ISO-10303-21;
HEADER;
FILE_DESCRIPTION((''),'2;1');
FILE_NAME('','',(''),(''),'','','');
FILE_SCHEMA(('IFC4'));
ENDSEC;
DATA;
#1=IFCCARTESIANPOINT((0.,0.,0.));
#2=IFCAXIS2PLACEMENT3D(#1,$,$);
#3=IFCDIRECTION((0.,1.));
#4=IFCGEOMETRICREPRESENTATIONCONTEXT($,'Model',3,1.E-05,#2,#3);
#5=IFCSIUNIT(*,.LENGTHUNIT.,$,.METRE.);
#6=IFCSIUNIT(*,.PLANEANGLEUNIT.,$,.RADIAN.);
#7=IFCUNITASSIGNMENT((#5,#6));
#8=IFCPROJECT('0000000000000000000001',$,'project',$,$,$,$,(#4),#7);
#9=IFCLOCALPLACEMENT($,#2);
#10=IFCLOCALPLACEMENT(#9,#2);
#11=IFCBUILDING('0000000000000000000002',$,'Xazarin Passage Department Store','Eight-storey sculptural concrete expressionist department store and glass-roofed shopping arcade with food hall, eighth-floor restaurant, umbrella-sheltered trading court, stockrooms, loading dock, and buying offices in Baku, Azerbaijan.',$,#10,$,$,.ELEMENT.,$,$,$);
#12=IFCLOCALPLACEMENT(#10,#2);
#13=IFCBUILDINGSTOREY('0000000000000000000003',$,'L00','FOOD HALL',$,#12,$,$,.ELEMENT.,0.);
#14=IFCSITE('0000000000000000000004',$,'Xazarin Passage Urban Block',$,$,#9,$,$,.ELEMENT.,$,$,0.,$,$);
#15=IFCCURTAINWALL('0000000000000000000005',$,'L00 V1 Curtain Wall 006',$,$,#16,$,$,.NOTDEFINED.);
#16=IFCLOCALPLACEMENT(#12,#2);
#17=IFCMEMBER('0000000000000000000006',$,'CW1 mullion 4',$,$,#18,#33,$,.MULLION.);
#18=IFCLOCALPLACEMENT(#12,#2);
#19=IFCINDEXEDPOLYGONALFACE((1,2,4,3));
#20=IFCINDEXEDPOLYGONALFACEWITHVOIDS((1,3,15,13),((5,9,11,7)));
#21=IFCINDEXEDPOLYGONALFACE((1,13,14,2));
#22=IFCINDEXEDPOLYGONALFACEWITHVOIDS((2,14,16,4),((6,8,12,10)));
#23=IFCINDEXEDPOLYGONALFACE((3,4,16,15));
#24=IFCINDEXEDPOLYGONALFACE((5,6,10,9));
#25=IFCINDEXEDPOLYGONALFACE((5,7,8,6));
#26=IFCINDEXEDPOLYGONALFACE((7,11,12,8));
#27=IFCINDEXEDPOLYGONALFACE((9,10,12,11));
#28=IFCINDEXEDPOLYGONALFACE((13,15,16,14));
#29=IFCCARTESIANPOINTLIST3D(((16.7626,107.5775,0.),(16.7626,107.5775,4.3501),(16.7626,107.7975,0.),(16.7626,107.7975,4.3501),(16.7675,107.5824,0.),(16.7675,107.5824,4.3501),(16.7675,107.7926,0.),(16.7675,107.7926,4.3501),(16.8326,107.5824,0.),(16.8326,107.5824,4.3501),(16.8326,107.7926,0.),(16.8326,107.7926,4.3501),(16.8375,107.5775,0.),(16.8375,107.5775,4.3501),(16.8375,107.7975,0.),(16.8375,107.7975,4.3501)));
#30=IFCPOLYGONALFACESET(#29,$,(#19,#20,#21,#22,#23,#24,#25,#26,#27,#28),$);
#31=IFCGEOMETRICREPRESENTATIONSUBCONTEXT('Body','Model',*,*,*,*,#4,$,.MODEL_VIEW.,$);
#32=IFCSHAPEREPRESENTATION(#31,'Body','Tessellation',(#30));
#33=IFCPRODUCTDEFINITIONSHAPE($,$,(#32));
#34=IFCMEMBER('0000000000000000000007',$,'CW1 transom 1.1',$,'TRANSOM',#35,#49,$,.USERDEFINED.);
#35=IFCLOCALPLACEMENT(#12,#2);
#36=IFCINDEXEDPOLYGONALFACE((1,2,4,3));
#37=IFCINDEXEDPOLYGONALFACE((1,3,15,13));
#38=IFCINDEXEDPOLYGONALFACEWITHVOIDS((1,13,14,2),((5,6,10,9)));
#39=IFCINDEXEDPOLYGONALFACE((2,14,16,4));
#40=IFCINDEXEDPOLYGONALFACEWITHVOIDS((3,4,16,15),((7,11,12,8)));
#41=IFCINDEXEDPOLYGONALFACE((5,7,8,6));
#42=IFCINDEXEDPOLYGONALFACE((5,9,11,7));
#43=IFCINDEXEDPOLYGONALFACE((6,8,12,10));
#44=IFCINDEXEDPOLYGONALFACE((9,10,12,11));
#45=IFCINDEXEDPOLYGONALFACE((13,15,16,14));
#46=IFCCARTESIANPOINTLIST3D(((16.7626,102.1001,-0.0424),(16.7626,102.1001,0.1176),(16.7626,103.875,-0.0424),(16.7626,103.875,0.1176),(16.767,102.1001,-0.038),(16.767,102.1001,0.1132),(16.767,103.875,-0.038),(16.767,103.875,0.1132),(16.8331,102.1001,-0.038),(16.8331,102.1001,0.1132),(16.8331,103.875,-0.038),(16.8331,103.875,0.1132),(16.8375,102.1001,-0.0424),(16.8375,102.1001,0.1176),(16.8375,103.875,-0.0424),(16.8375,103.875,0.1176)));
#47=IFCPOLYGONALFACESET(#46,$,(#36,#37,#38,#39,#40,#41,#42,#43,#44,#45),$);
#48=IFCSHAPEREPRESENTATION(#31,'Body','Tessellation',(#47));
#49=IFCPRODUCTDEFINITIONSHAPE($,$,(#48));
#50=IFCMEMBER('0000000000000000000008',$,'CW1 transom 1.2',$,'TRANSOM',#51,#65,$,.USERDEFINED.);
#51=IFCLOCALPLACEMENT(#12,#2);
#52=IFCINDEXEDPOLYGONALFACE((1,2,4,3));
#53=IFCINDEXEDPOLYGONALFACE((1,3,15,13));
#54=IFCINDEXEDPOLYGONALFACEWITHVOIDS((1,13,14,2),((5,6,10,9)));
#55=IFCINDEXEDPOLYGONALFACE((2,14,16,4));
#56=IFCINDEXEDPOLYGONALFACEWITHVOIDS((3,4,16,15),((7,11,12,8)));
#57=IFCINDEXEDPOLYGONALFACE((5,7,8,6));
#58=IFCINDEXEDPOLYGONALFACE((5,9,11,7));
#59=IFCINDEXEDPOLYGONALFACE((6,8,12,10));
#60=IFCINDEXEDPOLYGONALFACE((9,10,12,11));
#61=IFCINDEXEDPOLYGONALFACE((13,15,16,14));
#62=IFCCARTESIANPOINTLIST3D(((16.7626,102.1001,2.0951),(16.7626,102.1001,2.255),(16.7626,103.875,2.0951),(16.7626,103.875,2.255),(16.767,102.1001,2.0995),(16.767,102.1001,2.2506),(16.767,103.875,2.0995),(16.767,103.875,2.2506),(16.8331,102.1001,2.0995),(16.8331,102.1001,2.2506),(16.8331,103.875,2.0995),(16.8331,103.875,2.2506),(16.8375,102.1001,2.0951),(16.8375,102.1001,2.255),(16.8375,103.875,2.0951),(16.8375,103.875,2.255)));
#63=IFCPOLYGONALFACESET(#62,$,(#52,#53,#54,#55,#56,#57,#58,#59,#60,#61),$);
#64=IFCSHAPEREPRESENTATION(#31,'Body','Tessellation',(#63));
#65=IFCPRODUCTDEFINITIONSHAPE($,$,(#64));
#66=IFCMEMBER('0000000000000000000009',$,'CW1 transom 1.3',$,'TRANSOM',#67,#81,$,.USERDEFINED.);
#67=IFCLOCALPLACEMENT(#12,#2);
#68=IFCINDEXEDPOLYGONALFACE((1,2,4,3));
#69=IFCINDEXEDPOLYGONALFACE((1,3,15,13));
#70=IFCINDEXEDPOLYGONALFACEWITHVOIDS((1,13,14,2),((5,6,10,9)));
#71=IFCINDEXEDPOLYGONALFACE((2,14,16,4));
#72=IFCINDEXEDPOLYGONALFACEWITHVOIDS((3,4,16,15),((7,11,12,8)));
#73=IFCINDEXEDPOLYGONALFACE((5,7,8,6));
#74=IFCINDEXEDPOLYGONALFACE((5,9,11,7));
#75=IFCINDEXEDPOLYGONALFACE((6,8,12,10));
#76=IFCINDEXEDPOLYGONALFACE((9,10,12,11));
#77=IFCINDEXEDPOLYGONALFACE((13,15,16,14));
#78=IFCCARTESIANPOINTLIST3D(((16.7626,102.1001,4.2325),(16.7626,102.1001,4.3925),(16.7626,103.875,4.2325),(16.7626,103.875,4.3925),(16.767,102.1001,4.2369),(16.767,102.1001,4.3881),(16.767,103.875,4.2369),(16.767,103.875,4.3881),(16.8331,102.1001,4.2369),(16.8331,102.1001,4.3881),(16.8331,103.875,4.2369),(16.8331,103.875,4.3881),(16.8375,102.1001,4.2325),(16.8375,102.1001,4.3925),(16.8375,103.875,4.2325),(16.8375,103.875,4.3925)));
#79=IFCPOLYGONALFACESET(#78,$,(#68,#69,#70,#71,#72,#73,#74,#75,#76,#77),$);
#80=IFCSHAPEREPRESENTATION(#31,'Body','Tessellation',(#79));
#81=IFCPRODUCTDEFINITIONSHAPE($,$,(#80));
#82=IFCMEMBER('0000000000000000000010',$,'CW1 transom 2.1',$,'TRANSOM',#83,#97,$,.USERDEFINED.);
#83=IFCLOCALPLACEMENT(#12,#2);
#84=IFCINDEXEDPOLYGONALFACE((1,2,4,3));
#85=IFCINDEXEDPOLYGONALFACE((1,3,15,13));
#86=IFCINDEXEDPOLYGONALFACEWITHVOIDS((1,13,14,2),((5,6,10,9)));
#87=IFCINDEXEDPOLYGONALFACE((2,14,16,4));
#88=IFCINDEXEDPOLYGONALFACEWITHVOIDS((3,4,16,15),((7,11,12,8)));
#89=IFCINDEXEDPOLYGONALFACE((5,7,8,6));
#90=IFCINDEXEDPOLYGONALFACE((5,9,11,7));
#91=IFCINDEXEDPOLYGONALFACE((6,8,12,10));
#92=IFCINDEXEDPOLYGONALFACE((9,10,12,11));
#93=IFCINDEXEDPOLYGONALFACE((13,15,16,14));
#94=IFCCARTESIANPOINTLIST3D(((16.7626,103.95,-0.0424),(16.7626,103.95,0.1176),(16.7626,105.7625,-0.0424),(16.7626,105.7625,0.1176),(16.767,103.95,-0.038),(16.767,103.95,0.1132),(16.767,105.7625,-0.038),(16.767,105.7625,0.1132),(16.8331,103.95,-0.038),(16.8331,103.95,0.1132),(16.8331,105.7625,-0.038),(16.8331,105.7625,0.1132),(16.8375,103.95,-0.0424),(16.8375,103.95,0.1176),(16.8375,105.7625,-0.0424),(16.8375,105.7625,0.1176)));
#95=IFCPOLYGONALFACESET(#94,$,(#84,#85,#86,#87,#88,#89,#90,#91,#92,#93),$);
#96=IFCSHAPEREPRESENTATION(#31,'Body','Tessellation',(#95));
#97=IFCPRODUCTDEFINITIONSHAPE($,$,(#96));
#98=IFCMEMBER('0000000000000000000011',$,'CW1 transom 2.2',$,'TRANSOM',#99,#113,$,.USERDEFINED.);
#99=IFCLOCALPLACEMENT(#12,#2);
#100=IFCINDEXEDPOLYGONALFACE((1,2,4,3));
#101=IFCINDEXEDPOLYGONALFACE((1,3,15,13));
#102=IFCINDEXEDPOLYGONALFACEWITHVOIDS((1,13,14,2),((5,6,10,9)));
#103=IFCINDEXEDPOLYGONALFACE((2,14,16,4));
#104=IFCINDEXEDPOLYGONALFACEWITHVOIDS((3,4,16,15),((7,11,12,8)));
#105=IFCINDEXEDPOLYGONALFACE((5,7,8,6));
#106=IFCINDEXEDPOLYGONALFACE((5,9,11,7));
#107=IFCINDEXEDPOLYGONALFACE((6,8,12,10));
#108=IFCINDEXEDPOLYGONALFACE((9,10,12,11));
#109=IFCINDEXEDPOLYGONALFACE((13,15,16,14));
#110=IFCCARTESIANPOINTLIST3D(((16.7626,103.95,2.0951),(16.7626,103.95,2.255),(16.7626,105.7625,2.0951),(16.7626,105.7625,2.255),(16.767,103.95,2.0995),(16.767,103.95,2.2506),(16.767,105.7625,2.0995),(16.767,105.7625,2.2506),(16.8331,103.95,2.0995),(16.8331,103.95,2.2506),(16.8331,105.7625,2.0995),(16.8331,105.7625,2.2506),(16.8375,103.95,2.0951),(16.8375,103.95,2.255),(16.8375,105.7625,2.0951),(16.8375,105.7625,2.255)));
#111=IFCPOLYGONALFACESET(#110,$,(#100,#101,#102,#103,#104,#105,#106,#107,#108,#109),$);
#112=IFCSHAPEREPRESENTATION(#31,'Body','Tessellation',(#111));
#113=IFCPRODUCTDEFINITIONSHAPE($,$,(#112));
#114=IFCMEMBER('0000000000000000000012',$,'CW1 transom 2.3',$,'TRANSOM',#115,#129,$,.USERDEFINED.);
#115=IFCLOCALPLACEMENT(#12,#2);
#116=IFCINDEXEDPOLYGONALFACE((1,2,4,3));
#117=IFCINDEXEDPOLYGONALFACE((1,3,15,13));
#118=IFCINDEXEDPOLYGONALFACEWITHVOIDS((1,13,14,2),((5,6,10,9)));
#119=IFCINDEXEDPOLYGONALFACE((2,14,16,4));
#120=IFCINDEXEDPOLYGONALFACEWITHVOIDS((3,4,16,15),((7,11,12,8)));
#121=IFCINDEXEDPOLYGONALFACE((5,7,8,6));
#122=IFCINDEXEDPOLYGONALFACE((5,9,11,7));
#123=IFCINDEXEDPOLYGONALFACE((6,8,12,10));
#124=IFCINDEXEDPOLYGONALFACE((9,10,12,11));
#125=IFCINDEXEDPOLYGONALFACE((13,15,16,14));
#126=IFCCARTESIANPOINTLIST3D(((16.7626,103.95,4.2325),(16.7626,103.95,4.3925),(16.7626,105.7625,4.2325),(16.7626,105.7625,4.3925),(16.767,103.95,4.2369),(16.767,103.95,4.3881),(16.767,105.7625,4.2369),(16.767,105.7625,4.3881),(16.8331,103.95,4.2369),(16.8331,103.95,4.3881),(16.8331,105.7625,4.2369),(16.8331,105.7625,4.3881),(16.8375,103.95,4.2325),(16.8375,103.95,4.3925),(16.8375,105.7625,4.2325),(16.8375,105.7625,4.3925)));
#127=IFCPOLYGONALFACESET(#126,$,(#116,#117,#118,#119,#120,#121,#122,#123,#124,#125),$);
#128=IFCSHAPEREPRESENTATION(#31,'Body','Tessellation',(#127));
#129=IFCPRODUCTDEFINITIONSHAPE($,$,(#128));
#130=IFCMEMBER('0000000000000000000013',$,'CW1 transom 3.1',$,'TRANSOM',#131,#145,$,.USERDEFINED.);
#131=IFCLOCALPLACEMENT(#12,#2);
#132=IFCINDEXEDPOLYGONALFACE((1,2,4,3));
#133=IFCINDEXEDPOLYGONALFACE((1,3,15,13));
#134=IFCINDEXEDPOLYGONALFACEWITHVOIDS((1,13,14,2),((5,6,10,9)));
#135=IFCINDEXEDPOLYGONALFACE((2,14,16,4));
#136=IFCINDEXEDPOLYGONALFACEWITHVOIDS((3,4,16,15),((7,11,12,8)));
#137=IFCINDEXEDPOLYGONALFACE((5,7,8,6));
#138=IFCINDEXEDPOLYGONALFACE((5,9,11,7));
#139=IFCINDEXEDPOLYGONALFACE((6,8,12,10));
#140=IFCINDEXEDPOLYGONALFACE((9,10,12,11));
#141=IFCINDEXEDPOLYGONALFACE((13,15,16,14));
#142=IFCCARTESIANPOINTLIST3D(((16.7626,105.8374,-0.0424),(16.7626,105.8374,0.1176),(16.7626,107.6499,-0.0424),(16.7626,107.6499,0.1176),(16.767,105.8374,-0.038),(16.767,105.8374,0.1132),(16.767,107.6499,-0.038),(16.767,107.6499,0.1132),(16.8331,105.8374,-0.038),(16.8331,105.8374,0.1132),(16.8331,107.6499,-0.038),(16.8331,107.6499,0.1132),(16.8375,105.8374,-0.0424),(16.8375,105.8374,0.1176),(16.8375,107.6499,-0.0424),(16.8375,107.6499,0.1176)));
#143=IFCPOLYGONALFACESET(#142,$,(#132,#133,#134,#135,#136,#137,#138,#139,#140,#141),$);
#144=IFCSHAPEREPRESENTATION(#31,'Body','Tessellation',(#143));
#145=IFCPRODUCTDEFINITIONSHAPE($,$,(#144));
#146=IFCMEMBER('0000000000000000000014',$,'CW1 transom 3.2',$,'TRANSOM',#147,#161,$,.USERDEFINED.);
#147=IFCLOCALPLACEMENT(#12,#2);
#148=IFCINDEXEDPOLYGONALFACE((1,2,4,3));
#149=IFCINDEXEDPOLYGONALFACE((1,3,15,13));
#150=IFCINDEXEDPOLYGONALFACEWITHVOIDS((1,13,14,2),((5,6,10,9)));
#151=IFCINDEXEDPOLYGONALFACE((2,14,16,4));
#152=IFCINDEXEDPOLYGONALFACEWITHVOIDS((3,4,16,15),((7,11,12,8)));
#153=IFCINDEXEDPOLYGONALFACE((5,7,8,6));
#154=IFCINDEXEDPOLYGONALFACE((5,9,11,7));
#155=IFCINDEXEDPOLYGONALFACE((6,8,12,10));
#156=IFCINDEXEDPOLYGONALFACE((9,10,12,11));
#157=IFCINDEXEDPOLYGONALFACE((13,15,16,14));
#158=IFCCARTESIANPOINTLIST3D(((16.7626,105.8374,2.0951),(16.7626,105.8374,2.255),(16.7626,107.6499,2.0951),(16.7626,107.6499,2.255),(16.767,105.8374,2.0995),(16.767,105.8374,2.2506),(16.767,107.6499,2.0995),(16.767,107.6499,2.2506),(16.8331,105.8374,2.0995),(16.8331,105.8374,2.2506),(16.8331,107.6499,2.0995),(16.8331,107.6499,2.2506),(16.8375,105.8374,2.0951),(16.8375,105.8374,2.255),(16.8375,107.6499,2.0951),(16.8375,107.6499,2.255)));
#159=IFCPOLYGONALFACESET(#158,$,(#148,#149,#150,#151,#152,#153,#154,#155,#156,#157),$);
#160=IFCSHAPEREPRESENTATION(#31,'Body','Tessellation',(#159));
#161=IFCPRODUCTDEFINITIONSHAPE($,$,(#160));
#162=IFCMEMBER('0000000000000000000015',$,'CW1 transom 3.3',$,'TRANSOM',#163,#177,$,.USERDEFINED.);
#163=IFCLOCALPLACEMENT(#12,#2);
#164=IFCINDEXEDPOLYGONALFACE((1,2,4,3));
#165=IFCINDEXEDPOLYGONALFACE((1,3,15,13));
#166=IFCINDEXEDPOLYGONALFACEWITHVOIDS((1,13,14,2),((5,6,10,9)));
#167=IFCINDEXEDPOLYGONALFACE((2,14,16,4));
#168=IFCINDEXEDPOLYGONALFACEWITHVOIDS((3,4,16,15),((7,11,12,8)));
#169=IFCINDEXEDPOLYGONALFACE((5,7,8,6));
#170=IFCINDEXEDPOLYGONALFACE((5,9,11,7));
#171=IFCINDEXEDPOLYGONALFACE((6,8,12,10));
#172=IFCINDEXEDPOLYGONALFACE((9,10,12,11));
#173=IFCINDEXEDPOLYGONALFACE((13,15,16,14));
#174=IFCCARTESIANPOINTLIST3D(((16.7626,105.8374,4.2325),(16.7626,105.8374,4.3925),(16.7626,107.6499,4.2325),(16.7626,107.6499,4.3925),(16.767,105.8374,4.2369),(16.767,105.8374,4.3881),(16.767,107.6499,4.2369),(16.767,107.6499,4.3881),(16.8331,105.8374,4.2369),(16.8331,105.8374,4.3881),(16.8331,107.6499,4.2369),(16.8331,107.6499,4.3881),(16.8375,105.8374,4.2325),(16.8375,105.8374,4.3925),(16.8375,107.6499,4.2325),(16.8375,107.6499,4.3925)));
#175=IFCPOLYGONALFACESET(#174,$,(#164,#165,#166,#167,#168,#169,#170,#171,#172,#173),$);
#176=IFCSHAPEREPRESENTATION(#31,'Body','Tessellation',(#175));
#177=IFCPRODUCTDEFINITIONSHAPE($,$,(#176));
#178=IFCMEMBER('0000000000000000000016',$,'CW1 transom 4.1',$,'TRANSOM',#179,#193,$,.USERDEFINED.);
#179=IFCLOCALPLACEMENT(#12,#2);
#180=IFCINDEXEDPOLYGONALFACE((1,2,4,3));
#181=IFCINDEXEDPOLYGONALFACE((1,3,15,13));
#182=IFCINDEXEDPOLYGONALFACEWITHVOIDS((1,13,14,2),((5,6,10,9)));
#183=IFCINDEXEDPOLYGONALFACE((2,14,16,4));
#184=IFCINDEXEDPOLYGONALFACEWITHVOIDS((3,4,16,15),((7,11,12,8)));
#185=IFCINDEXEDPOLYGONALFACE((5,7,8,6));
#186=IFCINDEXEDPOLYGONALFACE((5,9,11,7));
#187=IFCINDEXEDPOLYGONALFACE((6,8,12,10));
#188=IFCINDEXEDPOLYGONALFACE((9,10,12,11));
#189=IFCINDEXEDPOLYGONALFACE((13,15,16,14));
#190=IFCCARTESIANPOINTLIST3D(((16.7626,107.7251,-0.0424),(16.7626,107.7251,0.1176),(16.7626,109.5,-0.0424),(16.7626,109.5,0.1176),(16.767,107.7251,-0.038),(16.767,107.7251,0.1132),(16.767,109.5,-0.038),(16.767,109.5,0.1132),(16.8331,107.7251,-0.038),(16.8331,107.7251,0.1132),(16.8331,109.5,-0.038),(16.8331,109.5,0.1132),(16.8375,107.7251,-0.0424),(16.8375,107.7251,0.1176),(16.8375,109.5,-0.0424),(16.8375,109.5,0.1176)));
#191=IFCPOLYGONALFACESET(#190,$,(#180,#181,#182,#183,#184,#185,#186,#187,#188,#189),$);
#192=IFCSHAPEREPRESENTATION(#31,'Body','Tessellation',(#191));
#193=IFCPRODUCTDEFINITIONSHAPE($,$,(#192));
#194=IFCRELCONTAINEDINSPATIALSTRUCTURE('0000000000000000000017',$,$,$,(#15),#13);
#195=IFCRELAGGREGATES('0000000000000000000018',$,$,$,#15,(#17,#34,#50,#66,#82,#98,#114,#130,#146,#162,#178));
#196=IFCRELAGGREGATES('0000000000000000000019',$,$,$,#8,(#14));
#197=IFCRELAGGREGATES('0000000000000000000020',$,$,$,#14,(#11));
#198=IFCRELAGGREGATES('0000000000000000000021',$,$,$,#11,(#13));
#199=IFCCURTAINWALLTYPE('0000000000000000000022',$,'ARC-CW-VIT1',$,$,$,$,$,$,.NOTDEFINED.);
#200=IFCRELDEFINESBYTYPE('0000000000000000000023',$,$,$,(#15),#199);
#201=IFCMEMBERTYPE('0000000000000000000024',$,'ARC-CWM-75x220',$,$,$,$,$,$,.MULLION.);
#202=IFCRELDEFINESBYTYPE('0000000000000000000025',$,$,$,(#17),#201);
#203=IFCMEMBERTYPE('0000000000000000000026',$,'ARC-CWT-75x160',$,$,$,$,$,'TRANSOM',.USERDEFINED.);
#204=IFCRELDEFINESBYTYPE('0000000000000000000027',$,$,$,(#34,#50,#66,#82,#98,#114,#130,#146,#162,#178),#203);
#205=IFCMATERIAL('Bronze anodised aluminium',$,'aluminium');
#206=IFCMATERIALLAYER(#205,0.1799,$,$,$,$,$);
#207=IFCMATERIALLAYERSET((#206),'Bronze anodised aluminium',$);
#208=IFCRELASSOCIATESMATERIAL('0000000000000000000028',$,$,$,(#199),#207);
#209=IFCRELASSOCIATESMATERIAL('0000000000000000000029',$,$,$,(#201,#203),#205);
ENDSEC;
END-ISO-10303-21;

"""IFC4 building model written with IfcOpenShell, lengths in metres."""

from ifc_helpers import new_model, si_unit, direction, frame, origin, origin_2d, place, context, subcontext, project, spatial, hollow_rectangle, extrude, material, layer, layer_set, material_profile, profile_set, type_object, element, aggregate, save


model = new_model("IFC4")

# Units and contexts
model_context = context("Model", 3, precision=1e-05, world=origin(), true_north=direction((0.0, 1.0)))
body_context = subcontext(model_context, "Body", "Model", "MODEL_VIEW")
ifc_project = project(units=[si_unit("LENGTHUNIT", "METRE"), si_unit("PLANEANGLEUNIT", "RADIAN")], contexts=[model_context])

# Site, building, storey
site_placement = place(None, origin())
site = spatial("IfcSite", under=ifc_project, at=site_placement, Name="Xazarin Passage Urban Block", CompositionType="ELEMENT", RefElevation=0.0)
building_placement = place(site_placement, origin())
building = spatial("IfcBuilding", under=site, at=building_placement, Name="Xazarin Passage Department Store", Description="Eight-storey sculptural concrete expressionist department store and glass-roofed shopping arcade with food hall, eighth-floor restaurant, umbrella-sheltered trading court, stockrooms, loading dock, and buying offices in Baku, Azerbaijan.", CompositionType="ELEMENT")
storey_placement = place(building_placement, origin())
storey = spatial("IfcBuildingStorey", under=building, at=storey_placement, Name="L00", Description="FOOD HALL", CompositionType="ELEMENT", Elevation=0.0)

# Curtain wall, members
ifc_material_1 = material(Name="Bronze anodised aluminium", Category="aluminium")
ifc_layer_1 = layer(ifc_material_1, 0.1799)
ifc_layer_set_1 = layer_set([ifc_layer_1], Name="Bronze anodised aluminium")
curtain_wall_type = type_object("IfcCurtainWallType", Name="ARC-CW-VIT1", PredefinedType="NOTDEFINED", material=ifc_layer_set_1)
curtain_wall_placement = place(storey_placement, origin())
curtain_wall = element("IfcCurtainWall", 1, at=curtain_wall_placement, inside=storey, type_object=curtain_wall_type, Name="L00 V1 Curtain Wall 006", PredefinedType="NOTDEFINED")
ifc_material_profile_1 = material_profile(ifc_material_1, hollow_rectangle(XDim=0.075, YDim=0.22, WallThickness=0.0049, at=origin_2d()), Name="ALU 75x220")
ifc_profile_set_1 = profile_set([ifc_material_profile_1], Name="Bronze anodised aluminium")
member_type_1 = type_object("IfcMemberType", Name="ARC-CWM-75x220", PredefinedType="MULLION", material=ifc_profile_set_1)
member_1_placement = place(storey_placement, frame((16.8, 107.6875, 0.0), z_axis=(0.0, 0.0, 1.0), x_axis=(-1.0, 0.0, 0.0)))
member_1 = element("IfcMember", 2, at=member_1_placement, type_object=member_type_1, Name="CW1 mullion 4", PredefinedType="MULLION", context=body_context, shape_type="SweptSolid", body=[
    extrude(hollow_rectangle(XDim=0.075, YDim=0.22, WallThickness=0.0049, at=origin_2d()), origin(), (0.0, 0.0, 1.0), 4.3501),
])
ifc_material_profile_2 = material_profile(ifc_material_1, hollow_rectangle(XDim=0.075, YDim=0.1599, WallThickness=0.0044, at=origin_2d()), Name="ALU 75x160")
ifc_profile_set_2 = profile_set([ifc_material_profile_2], Name="Bronze anodised aluminium")
member_type_2 = type_object("IfcMemberType", Name="ARC-CWT-75x160", ElementType="TRANSOM", PredefinedType="USERDEFINED", material=ifc_profile_set_2)
member_2_placement = place(storey_placement, frame((16.8, 102.1001, 0.0376), z_axis=(0.0, 1.0, 0.0), x_axis=(-1.0, 0.0, 0.0)))
member_2 = element("IfcMember", 3, at=member_2_placement, type_object=member_type_2, Name="CW1 transom 1.1", ObjectType="TRANSOM", PredefinedType="USERDEFINED", context=body_context, shape_type="SweptSolid", body=[
    extrude(hollow_rectangle(XDim=0.075, YDim=0.1599, WallThickness=0.0044, at=origin_2d()), origin(), (0.0, 0.0, 1.0), 1.7749),
])
member_3_placement = place(storey_placement, frame((16.8, 102.1001, 2.175), z_axis=(0.0, 1.0, 0.0), x_axis=(-1.0, 0.0, 0.0)))
member_3 = element("IfcMember", 4, at=member_3_placement, type_object=member_type_2, Name="CW1 transom 1.2", ObjectType="TRANSOM", PredefinedType="USERDEFINED", context=body_context, shape_type="SweptSolid", body=[
    extrude(hollow_rectangle(XDim=0.075, YDim=0.1599, WallThickness=0.0044, at=origin_2d()), origin(), (0.0, 0.0, 1.0), 1.7749),
])
member_4_placement = place(storey_placement, frame((16.8, 102.1001, 4.3125), z_axis=(0.0, 1.0, 0.0), x_axis=(-1.0, 0.0, 0.0)))
member_4 = element("IfcMember", 5, at=member_4_placement, type_object=member_type_2, Name="CW1 transom 1.3", ObjectType="TRANSOM", PredefinedType="USERDEFINED", context=body_context, shape_type="SweptSolid", body=[
    extrude(hollow_rectangle(XDim=0.075, YDim=0.1599, WallThickness=0.0044, at=origin_2d()), origin(), (0.0, 0.0, 1.0), 1.7749),
])
member_5_placement = place(storey_placement, frame((16.8, 103.95, 0.0376), z_axis=(0.0, 1.0, 0.0), x_axis=(-1.0, 0.0, 0.0)))
member_5 = element("IfcMember", 6, at=member_5_placement, type_object=member_type_2, Name="CW1 transom 2.1", ObjectType="TRANSOM", PredefinedType="USERDEFINED", context=body_context, shape_type="SweptSolid", body=[
    extrude(hollow_rectangle(XDim=0.075, YDim=0.1599, WallThickness=0.0044, at=origin_2d()), origin(), (0.0, 0.0, 1.0), 1.8125),
])
member_6_placement = place(storey_placement, frame((16.8, 103.95, 2.175), z_axis=(0.0, 1.0, 0.0), x_axis=(-1.0, 0.0, 0.0)))
member_6 = element("IfcMember", 7, at=member_6_placement, type_object=member_type_2, Name="CW1 transom 2.2", ObjectType="TRANSOM", PredefinedType="USERDEFINED", context=body_context, shape_type="SweptSolid", body=[
    extrude(hollow_rectangle(XDim=0.075, YDim=0.1599, WallThickness=0.0044, at=origin_2d()), origin(), (0.0, 0.0, 1.0), 1.8125),
])
member_7_placement = place(storey_placement, frame((16.8, 103.95, 4.3125), z_axis=(0.0, 1.0, 0.0), x_axis=(-1.0, 0.0, 0.0)))
member_7 = element("IfcMember", 8, at=member_7_placement, type_object=member_type_2, Name="CW1 transom 2.3", ObjectType="TRANSOM", PredefinedType="USERDEFINED", context=body_context, shape_type="SweptSolid", body=[
    extrude(hollow_rectangle(XDim=0.075, YDim=0.1599, WallThickness=0.0044, at=origin_2d()), origin(), (0.0, 0.0, 1.0), 1.8125),
])
member_8_placement = place(storey_placement, frame((16.8, 105.8374, 0.0376), z_axis=(0.0, 1.0, 0.0), x_axis=(-1.0, 0.0, 0.0)))
member_8 = element("IfcMember", 9, at=member_8_placement, type_object=member_type_2, Name="CW1 transom 3.1", ObjectType="TRANSOM", PredefinedType="USERDEFINED", context=body_context, shape_type="SweptSolid", body=[
    extrude(hollow_rectangle(XDim=0.075, YDim=0.1599, WallThickness=0.0044, at=origin_2d()), origin(), (0.0, 0.0, 1.0), 1.8125),
])
member_9_placement = place(storey_placement, frame((16.8, 105.8374, 2.175), z_axis=(0.0, 1.0, 0.0), x_axis=(-1.0, 0.0, 0.0)))
member_9 = element("IfcMember", 10, at=member_9_placement, type_object=member_type_2, Name="CW1 transom 3.2", ObjectType="TRANSOM", PredefinedType="USERDEFINED", context=body_context, shape_type="SweptSolid", body=[
    extrude(hollow_rectangle(XDim=0.075, YDim=0.1599, WallThickness=0.0044, at=origin_2d()), origin(), (0.0, 0.0, 1.0), 1.8125),
])
member_10_placement = place(storey_placement, frame((16.8, 105.8374, 4.3125), z_axis=(0.0, 1.0, 0.0), x_axis=(-1.0, 0.0, 0.0)))
member_10 = element("IfcMember", 11, at=member_10_placement, type_object=member_type_2, Name="CW1 transom 3.3", ObjectType="TRANSOM", PredefinedType="USERDEFINED", context=body_context, shape_type="SweptSolid", body=[
    extrude(hollow_rectangle(XDim=0.075, YDim=0.1599, WallThickness=0.0044, at=origin_2d()), origin(), (0.0, 0.0, 1.0), 1.8125),
])
member_11_placement = place(storey_placement, frame((16.8, 107.7251, 0.0376), z_axis=(0.0, 1.0, 0.0), x_axis=(-1.0, 0.0, 0.0)))
member_11 = element("IfcMember", 12, at=member_11_placement, type_object=member_type_2, Name="CW1 transom 4.1", ObjectType="TRANSOM", PredefinedType="USERDEFINED", context=body_context, shape_type="SweptSolid", body=[
    extrude(hollow_rectangle(XDim=0.075, YDim=0.1599, WallThickness=0.0044, at=origin_2d()), origin(), (0.0, 0.0, 1.0), 1.7749),
])
aggregate(curtain_wall, [member_1, member_2, member_3, member_4, member_5, member_6, member_7, member_8, member_9, member_10, member_11])

save(model, "model.ifc")
